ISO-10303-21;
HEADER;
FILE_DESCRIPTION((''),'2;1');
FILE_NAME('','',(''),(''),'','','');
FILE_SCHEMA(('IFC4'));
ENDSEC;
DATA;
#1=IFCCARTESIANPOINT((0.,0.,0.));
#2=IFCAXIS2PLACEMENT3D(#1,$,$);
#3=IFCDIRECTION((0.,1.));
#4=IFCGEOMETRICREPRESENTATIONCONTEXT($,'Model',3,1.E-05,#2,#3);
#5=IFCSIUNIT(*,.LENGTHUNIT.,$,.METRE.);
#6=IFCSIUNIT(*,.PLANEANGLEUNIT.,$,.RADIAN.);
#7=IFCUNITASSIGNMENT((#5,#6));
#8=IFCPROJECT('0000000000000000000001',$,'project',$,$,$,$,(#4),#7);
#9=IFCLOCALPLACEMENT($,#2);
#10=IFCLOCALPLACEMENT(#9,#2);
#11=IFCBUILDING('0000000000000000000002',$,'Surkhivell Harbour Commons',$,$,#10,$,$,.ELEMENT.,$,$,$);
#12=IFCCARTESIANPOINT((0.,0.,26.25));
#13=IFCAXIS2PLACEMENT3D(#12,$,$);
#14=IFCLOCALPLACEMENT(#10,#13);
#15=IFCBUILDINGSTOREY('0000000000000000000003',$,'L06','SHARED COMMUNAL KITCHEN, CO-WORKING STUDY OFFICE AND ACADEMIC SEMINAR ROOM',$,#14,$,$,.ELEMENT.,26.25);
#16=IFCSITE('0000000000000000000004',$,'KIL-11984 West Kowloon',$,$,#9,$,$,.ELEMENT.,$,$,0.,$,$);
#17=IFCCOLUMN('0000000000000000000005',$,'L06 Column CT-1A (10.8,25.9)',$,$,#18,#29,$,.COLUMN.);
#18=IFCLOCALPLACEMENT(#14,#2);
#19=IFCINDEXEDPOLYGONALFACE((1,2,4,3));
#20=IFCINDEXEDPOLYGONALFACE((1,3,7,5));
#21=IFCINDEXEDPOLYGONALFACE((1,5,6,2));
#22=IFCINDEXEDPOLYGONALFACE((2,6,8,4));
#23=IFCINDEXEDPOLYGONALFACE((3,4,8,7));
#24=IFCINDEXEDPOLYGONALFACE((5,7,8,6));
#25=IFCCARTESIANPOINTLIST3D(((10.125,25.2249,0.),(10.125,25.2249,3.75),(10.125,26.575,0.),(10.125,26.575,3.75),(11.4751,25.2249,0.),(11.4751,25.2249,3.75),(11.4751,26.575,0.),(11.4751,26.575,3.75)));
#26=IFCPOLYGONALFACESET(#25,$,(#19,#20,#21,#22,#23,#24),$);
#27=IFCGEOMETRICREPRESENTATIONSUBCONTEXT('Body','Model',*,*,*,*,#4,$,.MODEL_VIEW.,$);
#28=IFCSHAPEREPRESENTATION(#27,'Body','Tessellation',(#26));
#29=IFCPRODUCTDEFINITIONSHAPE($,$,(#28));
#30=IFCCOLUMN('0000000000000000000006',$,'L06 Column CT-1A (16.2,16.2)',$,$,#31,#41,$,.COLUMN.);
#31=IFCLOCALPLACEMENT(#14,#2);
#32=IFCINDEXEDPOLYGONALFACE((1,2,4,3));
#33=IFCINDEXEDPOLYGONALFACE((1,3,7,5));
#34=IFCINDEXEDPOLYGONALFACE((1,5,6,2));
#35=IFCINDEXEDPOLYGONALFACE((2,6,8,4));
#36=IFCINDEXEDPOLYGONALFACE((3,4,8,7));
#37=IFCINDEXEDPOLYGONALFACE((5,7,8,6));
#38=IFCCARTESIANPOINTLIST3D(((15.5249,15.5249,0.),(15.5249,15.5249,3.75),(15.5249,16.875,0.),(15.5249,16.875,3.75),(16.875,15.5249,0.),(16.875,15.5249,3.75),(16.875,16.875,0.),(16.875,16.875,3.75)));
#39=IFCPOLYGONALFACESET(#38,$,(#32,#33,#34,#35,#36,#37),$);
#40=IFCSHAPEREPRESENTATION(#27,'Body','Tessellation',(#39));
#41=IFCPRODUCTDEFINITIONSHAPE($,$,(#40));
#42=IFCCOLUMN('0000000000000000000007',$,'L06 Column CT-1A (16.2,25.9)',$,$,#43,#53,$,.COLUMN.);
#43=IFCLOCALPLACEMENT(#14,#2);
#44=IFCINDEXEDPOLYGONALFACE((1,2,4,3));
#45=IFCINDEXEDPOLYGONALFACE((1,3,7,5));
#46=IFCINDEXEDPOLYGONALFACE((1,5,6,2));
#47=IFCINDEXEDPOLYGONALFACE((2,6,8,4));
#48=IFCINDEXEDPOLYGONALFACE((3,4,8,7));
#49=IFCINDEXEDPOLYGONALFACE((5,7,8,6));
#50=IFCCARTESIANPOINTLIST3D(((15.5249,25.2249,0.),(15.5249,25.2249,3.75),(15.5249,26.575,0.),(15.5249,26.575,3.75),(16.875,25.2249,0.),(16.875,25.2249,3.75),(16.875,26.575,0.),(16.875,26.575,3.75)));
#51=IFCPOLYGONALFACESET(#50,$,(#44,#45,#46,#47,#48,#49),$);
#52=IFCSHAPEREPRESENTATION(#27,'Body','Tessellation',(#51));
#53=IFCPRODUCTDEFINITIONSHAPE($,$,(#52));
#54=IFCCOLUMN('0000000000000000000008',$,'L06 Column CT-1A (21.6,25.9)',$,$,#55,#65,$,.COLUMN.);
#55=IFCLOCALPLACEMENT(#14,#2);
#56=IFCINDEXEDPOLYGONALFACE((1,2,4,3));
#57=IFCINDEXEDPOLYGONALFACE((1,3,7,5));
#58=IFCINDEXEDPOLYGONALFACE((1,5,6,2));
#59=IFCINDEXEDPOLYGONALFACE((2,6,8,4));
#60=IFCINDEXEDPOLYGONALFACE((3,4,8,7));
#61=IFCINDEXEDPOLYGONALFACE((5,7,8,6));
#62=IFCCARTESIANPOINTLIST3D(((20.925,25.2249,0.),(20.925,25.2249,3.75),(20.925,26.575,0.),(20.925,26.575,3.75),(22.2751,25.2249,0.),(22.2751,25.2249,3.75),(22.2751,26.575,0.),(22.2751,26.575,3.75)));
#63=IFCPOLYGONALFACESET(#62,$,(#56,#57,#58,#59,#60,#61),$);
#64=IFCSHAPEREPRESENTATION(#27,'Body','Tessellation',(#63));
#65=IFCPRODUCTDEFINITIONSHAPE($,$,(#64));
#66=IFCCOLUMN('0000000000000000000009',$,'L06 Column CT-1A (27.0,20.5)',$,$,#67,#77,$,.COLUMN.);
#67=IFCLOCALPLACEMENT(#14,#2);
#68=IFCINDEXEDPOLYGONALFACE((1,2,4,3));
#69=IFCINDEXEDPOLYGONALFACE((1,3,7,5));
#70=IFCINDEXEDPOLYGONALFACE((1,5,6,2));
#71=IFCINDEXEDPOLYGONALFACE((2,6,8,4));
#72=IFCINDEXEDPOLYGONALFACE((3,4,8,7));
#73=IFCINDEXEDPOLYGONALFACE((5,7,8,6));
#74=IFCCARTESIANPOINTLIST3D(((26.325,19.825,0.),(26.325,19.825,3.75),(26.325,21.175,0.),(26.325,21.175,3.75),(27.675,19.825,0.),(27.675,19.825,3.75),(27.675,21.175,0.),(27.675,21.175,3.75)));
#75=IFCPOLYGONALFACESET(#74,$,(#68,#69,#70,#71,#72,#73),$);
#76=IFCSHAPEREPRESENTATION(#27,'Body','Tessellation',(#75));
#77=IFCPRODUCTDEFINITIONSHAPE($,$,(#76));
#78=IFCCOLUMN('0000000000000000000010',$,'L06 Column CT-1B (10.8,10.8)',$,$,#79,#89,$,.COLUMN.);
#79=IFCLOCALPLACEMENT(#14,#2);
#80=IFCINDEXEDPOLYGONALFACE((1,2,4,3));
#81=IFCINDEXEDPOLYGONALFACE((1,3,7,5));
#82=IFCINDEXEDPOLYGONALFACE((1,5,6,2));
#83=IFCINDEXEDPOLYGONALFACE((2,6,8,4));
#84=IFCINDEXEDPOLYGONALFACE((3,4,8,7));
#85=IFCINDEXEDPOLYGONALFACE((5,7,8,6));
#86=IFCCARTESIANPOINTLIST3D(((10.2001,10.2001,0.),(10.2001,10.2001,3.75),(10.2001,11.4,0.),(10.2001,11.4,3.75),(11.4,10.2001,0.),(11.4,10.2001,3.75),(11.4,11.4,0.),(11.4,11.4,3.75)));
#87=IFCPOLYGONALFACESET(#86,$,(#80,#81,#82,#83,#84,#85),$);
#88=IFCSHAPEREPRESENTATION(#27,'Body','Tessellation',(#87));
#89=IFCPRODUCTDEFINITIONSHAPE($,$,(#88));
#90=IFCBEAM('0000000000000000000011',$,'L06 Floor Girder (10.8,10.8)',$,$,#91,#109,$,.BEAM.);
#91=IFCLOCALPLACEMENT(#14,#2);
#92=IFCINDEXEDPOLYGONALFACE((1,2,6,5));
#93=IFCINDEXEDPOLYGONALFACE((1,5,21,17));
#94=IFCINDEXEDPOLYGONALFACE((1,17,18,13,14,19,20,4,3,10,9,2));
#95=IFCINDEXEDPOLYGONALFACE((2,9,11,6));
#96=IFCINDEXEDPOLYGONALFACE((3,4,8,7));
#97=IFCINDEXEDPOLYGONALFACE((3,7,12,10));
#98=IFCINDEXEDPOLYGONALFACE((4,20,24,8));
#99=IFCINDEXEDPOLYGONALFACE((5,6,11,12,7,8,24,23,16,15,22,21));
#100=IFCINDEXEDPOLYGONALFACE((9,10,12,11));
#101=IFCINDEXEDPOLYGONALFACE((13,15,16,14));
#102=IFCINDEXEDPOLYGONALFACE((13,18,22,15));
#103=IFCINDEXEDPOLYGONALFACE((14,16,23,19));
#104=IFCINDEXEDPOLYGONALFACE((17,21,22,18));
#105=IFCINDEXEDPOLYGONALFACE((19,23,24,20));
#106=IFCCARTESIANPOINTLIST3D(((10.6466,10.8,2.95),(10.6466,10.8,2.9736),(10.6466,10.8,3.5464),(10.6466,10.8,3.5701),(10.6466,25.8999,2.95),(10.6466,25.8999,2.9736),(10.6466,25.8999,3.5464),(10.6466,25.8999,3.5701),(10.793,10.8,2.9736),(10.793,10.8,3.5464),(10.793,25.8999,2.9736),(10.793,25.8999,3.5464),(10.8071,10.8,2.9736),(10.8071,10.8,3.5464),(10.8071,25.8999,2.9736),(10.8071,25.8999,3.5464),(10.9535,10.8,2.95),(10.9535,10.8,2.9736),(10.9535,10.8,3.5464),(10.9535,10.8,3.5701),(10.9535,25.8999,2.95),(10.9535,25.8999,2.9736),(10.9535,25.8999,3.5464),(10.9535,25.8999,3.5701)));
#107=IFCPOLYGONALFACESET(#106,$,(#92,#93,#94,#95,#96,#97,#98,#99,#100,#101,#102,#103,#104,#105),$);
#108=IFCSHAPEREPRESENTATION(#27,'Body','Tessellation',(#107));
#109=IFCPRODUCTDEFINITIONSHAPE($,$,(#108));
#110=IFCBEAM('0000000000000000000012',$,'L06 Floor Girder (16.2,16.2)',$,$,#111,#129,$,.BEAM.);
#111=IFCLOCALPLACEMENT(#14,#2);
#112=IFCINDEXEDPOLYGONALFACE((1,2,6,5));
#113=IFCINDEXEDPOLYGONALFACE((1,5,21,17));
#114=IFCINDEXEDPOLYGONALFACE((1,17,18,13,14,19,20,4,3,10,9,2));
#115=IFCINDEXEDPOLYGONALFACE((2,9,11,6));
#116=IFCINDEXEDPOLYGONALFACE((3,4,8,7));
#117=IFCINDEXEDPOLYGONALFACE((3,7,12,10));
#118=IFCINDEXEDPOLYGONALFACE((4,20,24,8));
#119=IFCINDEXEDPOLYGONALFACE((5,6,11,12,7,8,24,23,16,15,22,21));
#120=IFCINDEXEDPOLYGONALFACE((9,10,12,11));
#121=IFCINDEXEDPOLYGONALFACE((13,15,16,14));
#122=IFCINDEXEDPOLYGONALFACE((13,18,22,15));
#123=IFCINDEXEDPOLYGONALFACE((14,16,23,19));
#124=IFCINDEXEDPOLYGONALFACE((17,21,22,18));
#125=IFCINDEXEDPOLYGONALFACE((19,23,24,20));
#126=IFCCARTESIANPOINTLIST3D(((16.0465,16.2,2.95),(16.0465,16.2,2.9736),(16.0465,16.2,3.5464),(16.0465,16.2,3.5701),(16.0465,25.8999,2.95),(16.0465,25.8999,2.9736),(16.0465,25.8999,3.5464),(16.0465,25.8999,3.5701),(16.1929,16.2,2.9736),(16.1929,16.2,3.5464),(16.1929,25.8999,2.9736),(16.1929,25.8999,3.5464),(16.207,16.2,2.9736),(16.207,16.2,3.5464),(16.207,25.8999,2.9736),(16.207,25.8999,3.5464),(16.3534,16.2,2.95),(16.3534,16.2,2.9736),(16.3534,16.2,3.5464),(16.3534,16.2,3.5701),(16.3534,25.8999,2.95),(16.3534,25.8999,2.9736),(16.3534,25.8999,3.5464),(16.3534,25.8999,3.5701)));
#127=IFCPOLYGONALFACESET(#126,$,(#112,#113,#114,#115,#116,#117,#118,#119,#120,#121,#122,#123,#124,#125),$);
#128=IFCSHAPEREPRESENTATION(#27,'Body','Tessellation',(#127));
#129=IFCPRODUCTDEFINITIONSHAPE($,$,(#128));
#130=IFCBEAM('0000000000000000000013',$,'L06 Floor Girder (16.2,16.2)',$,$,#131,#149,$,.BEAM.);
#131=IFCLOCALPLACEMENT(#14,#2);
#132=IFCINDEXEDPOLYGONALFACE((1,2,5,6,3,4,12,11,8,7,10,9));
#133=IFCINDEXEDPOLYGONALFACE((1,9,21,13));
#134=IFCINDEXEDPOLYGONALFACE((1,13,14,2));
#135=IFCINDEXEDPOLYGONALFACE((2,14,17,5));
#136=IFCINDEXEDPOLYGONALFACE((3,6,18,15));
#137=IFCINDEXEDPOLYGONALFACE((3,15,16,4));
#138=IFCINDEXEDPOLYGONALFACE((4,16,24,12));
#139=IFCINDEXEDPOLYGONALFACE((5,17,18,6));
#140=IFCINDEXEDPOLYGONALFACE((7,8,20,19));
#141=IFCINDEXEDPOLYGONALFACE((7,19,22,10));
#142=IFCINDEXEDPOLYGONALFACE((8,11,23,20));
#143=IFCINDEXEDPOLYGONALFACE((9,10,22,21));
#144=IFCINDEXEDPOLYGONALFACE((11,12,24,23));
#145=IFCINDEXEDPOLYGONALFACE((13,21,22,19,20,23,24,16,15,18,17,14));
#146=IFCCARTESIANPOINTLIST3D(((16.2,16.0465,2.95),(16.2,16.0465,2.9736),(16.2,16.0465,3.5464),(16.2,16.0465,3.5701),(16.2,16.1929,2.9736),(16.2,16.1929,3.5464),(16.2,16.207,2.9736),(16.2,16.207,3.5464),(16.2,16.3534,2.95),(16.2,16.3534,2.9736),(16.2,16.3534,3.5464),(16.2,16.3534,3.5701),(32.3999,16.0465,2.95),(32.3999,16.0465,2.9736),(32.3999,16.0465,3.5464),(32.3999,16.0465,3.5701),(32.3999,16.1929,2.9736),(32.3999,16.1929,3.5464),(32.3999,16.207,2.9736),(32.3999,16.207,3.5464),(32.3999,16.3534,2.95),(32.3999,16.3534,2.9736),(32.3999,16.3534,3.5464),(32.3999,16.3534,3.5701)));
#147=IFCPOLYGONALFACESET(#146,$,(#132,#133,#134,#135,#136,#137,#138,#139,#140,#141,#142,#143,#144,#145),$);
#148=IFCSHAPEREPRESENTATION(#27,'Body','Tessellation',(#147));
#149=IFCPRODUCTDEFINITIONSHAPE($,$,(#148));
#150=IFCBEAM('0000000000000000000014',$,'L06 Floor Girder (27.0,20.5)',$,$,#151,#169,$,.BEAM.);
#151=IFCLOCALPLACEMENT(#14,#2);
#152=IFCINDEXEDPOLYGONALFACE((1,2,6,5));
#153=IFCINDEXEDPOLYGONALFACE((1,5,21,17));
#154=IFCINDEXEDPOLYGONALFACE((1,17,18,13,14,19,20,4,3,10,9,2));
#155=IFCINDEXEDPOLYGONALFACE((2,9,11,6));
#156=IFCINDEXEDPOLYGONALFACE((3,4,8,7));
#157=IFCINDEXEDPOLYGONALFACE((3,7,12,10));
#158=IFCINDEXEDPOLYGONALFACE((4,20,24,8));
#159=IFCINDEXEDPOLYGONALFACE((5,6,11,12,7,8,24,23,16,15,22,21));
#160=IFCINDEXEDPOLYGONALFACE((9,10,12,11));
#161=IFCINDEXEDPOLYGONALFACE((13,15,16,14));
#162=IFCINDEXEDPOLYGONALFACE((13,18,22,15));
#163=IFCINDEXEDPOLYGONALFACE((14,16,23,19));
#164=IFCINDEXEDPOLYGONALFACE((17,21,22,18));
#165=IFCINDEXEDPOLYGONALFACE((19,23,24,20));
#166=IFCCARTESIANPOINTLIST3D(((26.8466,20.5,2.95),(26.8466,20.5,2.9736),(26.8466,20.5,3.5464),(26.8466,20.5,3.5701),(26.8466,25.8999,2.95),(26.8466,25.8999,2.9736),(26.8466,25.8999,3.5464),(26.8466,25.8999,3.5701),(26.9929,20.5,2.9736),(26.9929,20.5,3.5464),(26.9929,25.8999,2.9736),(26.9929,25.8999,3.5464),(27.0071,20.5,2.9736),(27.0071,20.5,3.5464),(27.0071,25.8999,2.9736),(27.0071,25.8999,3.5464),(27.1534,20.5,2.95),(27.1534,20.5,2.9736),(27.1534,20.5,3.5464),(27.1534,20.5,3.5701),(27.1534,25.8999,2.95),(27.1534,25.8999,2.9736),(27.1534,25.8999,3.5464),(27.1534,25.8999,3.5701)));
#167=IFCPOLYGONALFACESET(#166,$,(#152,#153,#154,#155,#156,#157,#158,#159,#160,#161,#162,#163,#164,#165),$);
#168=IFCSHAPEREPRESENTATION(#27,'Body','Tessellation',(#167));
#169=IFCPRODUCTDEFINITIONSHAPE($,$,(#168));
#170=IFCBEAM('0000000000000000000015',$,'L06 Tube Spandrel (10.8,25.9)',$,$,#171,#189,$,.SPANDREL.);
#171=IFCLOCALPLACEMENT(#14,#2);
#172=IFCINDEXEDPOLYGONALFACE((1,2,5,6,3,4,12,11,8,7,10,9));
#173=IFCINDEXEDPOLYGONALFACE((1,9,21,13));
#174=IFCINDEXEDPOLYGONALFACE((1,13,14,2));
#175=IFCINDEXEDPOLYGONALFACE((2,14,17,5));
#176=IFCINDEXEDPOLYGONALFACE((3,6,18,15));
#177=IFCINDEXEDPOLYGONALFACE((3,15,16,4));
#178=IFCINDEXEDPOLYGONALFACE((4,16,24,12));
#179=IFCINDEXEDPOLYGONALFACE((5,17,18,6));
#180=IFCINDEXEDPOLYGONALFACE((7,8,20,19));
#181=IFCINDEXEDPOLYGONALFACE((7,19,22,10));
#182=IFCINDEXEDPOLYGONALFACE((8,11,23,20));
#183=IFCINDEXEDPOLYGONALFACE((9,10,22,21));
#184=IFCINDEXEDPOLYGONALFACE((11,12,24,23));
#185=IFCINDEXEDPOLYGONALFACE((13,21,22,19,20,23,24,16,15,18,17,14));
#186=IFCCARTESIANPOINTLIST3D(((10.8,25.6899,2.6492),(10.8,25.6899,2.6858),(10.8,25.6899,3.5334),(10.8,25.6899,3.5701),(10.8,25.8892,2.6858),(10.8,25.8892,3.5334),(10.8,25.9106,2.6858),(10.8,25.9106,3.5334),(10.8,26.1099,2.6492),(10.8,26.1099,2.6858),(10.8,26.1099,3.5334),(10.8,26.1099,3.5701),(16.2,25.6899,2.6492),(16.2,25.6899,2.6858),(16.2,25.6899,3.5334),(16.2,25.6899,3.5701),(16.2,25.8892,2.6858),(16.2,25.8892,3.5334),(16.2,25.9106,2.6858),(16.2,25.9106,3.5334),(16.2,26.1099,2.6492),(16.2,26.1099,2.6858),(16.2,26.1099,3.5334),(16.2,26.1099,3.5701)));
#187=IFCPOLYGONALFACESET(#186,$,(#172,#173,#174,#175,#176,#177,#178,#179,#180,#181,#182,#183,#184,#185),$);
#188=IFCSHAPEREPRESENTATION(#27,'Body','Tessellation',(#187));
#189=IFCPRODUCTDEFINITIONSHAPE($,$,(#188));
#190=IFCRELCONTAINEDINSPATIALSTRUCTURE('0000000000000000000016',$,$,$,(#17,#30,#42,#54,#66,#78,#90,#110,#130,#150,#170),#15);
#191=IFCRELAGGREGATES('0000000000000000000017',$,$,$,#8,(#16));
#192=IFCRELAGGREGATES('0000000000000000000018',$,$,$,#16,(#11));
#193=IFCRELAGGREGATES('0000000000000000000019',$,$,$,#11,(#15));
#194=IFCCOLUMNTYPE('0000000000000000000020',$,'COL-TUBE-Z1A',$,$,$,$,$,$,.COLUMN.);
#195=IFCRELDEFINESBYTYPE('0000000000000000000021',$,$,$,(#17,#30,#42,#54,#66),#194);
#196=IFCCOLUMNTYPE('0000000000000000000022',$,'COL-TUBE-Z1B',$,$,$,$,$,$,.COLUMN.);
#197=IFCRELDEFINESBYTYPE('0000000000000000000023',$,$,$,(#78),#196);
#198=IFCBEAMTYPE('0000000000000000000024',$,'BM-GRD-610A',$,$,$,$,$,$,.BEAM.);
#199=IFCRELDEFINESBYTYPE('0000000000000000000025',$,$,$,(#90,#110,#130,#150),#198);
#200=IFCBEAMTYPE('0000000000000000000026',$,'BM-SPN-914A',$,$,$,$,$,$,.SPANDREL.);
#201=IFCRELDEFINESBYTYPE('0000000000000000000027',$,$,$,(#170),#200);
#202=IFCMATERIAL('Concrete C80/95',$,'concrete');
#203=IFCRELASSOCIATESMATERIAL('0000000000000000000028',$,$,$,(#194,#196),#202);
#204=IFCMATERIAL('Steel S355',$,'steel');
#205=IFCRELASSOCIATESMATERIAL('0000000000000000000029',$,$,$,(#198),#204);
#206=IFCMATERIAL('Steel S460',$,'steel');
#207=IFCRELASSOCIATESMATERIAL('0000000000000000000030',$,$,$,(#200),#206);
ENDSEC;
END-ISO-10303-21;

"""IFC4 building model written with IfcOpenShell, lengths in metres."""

from ifc_helpers import new_model, si_unit, direction, frame, origin, origin_2d, place, context, subcontext, project, spatial, rectangle, i_section, extrude, material, material_profile, profile_set, type_object, element, save


model = new_model("IFC4")

# Units and contexts
model_context = context("Model", 3, precision=1e-05, world=origin(), true_north=direction((0.0, 1.0)))
body_context = subcontext(model_context, "Body", "Model", "MODEL_VIEW")
ifc_project = project(units=[si_unit("LENGTHUNIT", "METRE"), si_unit("PLANEANGLEUNIT", "RADIAN")], contexts=[model_context])

# Site, building, storey
site_placement = place(None, origin())
site = spatial("IfcSite", under=ifc_project, at=site_placement, Name="KIL-11984 West Kowloon", CompositionType="ELEMENT", RefElevation=0.0)
building_placement = place(site_placement, origin())
building = spatial("IfcBuilding", under=site, at=building_placement, Name="Surkhivell Harbour Commons", CompositionType="ELEMENT")
storey_placement = place(building_placement, frame((0.0, 0.0, 26.25)))
storey = spatial("IfcBuildingStorey", under=building, at=storey_placement, Name="L06", Description="SHARED COMMUNAL KITCHEN, CO-WORKING STUDY OFFICE AND ACADEMIC SEMINAR ROOM", CompositionType="ELEMENT", Elevation=26.25)

# Columns
ifc_material_1 = material(Name="Concrete C80/95", Category="concrete")
ifc_material_profile_1 = material_profile(ifc_material_1, rectangle(XDim=1.3501, YDim=1.3501, at=origin_2d()), Name="RC-COL-1350x1350")
ifc_profile_set_1 = profile_set([ifc_material_profile_1], Name="Concrete C80/95")
column_type_1 = type_object("IfcColumnType", Name="COL-TUBE-Z1A", PredefinedType="COLUMN", material=ifc_profile_set_1)
for number, where, z_axis, x_axis, name in (
    (1, (10.8, 25.8999, 0.0), (0.0, 0.0, 1.0), (1.0, 0.0, 0.0), "L06 Column CT-1A (10.8,25.9)"),
    (2, (16.2, 16.2, 0.0), (0.0, 0.0, 1.0), (1.0, 0.0, 0.0), "L06 Column CT-1A (16.2,16.2)"),
    (3, (16.2, 25.8999, 0.0), (0.0, 0.0, 1.0), (1.0, 0.0, 0.0), "L06 Column CT-1A (16.2,25.9)"),
    (4, (21.6001, 25.8999, 0.0), (0.0, 0.0, 1.0), (1.0, 0.0, 0.0), "L06 Column CT-1A (21.6,25.9)"),
    (5, (27.0, 20.5, 0.0), (0.0, 0.0, 1.0), (1.0, 0.0, 0.0), "L06 Column CT-1A (27.0,20.5)"),
):
    element("IfcColumn", number, at=place(storey_placement, frame(where, z_axis=z_axis, x_axis=x_axis)), inside=storey, type_object=column_type_1, Name=name, PredefinedType="COLUMN", context=body_context, shape_type="SweptSolid", body=[
        extrude(rectangle(XDim=1.3501, YDim=1.3501, at=origin_2d()), origin(), (0.0, 0.0, 1.0), 3.75),
    ])
ifc_material_profile_2 = material_profile(ifc_material_1, rectangle(XDim=1.2, YDim=1.2, at=origin_2d()), Name="RC-COL-1200x1200")
ifc_profile_set_2 = profile_set([ifc_material_profile_2], Name="Concrete C80/95")
column_type_2 = type_object("IfcColumnType", Name="COL-TUBE-Z1B", PredefinedType="COLUMN", material=ifc_profile_set_2)
column_placement = place(storey_placement, frame((10.8, 10.8, 0.0), z_axis=(0.0, 0.0, 1.0), x_axis=(1.0, 0.0, 0.0)))
element("IfcColumn", 6, at=column_placement, inside=storey, type_object=column_type_2, Name="L06 Column CT-1B (10.8,10.8)", PredefinedType="COLUMN", context=body_context, shape_type="SweptSolid", body=[
    extrude(rectangle(XDim=1.2, YDim=1.2, at=origin_2d()), origin(), (0.0, 0.0, 1.0), 3.75),
])

# Beams
ifc_material_2 = material(Name="Steel S355", Category="steel")
ifc_material_profile_3 = material_profile(ifc_material_2, i_section(OverallWidth=0.3069, OverallDepth=0.6201, WebThickness=0.0142, FlangeThickness=0.0237, at=origin_2d()), Name="UB610x305x179")
ifc_profile_set_3 = profile_set([ifc_material_profile_3], Name="Steel S355")
beam_type_1 = type_object("IfcBeamType", Name="BM-GRD-610A", PredefinedType="BEAM", material=ifc_profile_set_3)
beam_1_placement = place(storey_placement, frame((10.8, 10.8, 3.26), z_axis=(0.0, 1.0, 0.0), x_axis=(-1.0, 0.0, 0.0)))
element("IfcBeam", 7, at=beam_1_placement, inside=storey, type_object=beam_type_1, Name="L06 Floor Girder (10.8,10.8)", PredefinedType="BEAM", context=body_context, shape_type="SweptSolid", body=[
    extrude(i_section(OverallWidth=0.3069, OverallDepth=0.6201, WebThickness=0.0142, FlangeThickness=0.0237, at=origin_2d()), origin(), (0.0, 0.0, 1.0), 15.0999),
])
beam_2_placement = place(storey_placement, frame((16.2, 16.2, 3.26), z_axis=(0.0, 1.0, 0.0), x_axis=(-1.0, 0.0, 0.0)))
element("IfcBeam", 8, at=beam_2_placement, inside=storey, type_object=beam_type_1, Name="L06 Floor Girder (16.2,16.2)", PredefinedType="BEAM", context=body_context, shape_type="SweptSolid", body=[
    extrude(i_section(OverallWidth=0.3069, OverallDepth=0.6201, WebThickness=0.0142, FlangeThickness=0.0237, at=origin_2d()), origin(), (0.0, 0.0, 1.0), 9.7),
])
beam_3_placement = place(storey_placement, frame((16.2, 16.2, 3.26), z_axis=(1.0, 0.0, 0.0), x_axis=(0.0, 1.0, 0.0)))
element("IfcBeam", 9, at=beam_3_placement, inside=storey, type_object=beam_type_1, Name="L06 Floor Girder (16.2,16.2)", PredefinedType="BEAM", context=body_context, shape_type="SweptSolid", body=[
    extrude(i_section(OverallWidth=0.3069, OverallDepth=0.6201, WebThickness=0.0142, FlangeThickness=0.0237, at=origin_2d()), origin(), (0.0, 0.0, 1.0), 16.2),
])
beam_4_placement = place(storey_placement, frame((27.0, 20.5, 3.26), z_axis=(0.0, 1.0, 0.0), x_axis=(-1.0, 0.0, 0.0)))
element("IfcBeam", 10, at=beam_4_placement, inside=storey, type_object=beam_type_1, Name="L06 Floor Girder (27.0,20.5)", PredefinedType="BEAM", context=body_context, shape_type="SweptSolid", body=[
    extrude(i_section(OverallWidth=0.3069, OverallDepth=0.6201, WebThickness=0.0142, FlangeThickness=0.0237, at=origin_2d()), origin(), (0.0, 0.0, 1.0), 5.3999),
])
ifc_material_3 = material(Name="Steel S460", Category="steel")
ifc_material_profile_4 = material_profile(ifc_material_3, i_section(OverallWidth=0.4199, OverallDepth=0.9209, WebThickness=0.0215, FlangeThickness=0.0366, at=origin_2d()), Name="UB914x419x388")
ifc_profile_set_4 = profile_set([ifc_material_profile_4], Name="Steel S460")
beam_type_2 = type_object("IfcBeamType", Name="BM-SPN-914A", PredefinedType="SPANDREL", material=ifc_profile_set_4)
beam_5_placement = place(storey_placement, frame((10.8, 25.8999, 3.1096), z_axis=(1.0, 0.0, 0.0), x_axis=(0.0, 1.0, 0.0)))
element("IfcBeam", 11, at=beam_5_placement, inside=storey, type_object=beam_type_2, Name="L06 Tube Spandrel (10.8,25.9)", PredefinedType="SPANDREL", context=body_context, shape_type="SweptSolid", body=[
    extrude(i_section(OverallWidth=0.4199, OverallDepth=0.9209, WebThickness=0.0215, FlangeThickness=0.0366, at=origin_2d()), origin(), (0.0, 0.0, 1.0), 5.3999),
])

save(model, "model.ifc")
